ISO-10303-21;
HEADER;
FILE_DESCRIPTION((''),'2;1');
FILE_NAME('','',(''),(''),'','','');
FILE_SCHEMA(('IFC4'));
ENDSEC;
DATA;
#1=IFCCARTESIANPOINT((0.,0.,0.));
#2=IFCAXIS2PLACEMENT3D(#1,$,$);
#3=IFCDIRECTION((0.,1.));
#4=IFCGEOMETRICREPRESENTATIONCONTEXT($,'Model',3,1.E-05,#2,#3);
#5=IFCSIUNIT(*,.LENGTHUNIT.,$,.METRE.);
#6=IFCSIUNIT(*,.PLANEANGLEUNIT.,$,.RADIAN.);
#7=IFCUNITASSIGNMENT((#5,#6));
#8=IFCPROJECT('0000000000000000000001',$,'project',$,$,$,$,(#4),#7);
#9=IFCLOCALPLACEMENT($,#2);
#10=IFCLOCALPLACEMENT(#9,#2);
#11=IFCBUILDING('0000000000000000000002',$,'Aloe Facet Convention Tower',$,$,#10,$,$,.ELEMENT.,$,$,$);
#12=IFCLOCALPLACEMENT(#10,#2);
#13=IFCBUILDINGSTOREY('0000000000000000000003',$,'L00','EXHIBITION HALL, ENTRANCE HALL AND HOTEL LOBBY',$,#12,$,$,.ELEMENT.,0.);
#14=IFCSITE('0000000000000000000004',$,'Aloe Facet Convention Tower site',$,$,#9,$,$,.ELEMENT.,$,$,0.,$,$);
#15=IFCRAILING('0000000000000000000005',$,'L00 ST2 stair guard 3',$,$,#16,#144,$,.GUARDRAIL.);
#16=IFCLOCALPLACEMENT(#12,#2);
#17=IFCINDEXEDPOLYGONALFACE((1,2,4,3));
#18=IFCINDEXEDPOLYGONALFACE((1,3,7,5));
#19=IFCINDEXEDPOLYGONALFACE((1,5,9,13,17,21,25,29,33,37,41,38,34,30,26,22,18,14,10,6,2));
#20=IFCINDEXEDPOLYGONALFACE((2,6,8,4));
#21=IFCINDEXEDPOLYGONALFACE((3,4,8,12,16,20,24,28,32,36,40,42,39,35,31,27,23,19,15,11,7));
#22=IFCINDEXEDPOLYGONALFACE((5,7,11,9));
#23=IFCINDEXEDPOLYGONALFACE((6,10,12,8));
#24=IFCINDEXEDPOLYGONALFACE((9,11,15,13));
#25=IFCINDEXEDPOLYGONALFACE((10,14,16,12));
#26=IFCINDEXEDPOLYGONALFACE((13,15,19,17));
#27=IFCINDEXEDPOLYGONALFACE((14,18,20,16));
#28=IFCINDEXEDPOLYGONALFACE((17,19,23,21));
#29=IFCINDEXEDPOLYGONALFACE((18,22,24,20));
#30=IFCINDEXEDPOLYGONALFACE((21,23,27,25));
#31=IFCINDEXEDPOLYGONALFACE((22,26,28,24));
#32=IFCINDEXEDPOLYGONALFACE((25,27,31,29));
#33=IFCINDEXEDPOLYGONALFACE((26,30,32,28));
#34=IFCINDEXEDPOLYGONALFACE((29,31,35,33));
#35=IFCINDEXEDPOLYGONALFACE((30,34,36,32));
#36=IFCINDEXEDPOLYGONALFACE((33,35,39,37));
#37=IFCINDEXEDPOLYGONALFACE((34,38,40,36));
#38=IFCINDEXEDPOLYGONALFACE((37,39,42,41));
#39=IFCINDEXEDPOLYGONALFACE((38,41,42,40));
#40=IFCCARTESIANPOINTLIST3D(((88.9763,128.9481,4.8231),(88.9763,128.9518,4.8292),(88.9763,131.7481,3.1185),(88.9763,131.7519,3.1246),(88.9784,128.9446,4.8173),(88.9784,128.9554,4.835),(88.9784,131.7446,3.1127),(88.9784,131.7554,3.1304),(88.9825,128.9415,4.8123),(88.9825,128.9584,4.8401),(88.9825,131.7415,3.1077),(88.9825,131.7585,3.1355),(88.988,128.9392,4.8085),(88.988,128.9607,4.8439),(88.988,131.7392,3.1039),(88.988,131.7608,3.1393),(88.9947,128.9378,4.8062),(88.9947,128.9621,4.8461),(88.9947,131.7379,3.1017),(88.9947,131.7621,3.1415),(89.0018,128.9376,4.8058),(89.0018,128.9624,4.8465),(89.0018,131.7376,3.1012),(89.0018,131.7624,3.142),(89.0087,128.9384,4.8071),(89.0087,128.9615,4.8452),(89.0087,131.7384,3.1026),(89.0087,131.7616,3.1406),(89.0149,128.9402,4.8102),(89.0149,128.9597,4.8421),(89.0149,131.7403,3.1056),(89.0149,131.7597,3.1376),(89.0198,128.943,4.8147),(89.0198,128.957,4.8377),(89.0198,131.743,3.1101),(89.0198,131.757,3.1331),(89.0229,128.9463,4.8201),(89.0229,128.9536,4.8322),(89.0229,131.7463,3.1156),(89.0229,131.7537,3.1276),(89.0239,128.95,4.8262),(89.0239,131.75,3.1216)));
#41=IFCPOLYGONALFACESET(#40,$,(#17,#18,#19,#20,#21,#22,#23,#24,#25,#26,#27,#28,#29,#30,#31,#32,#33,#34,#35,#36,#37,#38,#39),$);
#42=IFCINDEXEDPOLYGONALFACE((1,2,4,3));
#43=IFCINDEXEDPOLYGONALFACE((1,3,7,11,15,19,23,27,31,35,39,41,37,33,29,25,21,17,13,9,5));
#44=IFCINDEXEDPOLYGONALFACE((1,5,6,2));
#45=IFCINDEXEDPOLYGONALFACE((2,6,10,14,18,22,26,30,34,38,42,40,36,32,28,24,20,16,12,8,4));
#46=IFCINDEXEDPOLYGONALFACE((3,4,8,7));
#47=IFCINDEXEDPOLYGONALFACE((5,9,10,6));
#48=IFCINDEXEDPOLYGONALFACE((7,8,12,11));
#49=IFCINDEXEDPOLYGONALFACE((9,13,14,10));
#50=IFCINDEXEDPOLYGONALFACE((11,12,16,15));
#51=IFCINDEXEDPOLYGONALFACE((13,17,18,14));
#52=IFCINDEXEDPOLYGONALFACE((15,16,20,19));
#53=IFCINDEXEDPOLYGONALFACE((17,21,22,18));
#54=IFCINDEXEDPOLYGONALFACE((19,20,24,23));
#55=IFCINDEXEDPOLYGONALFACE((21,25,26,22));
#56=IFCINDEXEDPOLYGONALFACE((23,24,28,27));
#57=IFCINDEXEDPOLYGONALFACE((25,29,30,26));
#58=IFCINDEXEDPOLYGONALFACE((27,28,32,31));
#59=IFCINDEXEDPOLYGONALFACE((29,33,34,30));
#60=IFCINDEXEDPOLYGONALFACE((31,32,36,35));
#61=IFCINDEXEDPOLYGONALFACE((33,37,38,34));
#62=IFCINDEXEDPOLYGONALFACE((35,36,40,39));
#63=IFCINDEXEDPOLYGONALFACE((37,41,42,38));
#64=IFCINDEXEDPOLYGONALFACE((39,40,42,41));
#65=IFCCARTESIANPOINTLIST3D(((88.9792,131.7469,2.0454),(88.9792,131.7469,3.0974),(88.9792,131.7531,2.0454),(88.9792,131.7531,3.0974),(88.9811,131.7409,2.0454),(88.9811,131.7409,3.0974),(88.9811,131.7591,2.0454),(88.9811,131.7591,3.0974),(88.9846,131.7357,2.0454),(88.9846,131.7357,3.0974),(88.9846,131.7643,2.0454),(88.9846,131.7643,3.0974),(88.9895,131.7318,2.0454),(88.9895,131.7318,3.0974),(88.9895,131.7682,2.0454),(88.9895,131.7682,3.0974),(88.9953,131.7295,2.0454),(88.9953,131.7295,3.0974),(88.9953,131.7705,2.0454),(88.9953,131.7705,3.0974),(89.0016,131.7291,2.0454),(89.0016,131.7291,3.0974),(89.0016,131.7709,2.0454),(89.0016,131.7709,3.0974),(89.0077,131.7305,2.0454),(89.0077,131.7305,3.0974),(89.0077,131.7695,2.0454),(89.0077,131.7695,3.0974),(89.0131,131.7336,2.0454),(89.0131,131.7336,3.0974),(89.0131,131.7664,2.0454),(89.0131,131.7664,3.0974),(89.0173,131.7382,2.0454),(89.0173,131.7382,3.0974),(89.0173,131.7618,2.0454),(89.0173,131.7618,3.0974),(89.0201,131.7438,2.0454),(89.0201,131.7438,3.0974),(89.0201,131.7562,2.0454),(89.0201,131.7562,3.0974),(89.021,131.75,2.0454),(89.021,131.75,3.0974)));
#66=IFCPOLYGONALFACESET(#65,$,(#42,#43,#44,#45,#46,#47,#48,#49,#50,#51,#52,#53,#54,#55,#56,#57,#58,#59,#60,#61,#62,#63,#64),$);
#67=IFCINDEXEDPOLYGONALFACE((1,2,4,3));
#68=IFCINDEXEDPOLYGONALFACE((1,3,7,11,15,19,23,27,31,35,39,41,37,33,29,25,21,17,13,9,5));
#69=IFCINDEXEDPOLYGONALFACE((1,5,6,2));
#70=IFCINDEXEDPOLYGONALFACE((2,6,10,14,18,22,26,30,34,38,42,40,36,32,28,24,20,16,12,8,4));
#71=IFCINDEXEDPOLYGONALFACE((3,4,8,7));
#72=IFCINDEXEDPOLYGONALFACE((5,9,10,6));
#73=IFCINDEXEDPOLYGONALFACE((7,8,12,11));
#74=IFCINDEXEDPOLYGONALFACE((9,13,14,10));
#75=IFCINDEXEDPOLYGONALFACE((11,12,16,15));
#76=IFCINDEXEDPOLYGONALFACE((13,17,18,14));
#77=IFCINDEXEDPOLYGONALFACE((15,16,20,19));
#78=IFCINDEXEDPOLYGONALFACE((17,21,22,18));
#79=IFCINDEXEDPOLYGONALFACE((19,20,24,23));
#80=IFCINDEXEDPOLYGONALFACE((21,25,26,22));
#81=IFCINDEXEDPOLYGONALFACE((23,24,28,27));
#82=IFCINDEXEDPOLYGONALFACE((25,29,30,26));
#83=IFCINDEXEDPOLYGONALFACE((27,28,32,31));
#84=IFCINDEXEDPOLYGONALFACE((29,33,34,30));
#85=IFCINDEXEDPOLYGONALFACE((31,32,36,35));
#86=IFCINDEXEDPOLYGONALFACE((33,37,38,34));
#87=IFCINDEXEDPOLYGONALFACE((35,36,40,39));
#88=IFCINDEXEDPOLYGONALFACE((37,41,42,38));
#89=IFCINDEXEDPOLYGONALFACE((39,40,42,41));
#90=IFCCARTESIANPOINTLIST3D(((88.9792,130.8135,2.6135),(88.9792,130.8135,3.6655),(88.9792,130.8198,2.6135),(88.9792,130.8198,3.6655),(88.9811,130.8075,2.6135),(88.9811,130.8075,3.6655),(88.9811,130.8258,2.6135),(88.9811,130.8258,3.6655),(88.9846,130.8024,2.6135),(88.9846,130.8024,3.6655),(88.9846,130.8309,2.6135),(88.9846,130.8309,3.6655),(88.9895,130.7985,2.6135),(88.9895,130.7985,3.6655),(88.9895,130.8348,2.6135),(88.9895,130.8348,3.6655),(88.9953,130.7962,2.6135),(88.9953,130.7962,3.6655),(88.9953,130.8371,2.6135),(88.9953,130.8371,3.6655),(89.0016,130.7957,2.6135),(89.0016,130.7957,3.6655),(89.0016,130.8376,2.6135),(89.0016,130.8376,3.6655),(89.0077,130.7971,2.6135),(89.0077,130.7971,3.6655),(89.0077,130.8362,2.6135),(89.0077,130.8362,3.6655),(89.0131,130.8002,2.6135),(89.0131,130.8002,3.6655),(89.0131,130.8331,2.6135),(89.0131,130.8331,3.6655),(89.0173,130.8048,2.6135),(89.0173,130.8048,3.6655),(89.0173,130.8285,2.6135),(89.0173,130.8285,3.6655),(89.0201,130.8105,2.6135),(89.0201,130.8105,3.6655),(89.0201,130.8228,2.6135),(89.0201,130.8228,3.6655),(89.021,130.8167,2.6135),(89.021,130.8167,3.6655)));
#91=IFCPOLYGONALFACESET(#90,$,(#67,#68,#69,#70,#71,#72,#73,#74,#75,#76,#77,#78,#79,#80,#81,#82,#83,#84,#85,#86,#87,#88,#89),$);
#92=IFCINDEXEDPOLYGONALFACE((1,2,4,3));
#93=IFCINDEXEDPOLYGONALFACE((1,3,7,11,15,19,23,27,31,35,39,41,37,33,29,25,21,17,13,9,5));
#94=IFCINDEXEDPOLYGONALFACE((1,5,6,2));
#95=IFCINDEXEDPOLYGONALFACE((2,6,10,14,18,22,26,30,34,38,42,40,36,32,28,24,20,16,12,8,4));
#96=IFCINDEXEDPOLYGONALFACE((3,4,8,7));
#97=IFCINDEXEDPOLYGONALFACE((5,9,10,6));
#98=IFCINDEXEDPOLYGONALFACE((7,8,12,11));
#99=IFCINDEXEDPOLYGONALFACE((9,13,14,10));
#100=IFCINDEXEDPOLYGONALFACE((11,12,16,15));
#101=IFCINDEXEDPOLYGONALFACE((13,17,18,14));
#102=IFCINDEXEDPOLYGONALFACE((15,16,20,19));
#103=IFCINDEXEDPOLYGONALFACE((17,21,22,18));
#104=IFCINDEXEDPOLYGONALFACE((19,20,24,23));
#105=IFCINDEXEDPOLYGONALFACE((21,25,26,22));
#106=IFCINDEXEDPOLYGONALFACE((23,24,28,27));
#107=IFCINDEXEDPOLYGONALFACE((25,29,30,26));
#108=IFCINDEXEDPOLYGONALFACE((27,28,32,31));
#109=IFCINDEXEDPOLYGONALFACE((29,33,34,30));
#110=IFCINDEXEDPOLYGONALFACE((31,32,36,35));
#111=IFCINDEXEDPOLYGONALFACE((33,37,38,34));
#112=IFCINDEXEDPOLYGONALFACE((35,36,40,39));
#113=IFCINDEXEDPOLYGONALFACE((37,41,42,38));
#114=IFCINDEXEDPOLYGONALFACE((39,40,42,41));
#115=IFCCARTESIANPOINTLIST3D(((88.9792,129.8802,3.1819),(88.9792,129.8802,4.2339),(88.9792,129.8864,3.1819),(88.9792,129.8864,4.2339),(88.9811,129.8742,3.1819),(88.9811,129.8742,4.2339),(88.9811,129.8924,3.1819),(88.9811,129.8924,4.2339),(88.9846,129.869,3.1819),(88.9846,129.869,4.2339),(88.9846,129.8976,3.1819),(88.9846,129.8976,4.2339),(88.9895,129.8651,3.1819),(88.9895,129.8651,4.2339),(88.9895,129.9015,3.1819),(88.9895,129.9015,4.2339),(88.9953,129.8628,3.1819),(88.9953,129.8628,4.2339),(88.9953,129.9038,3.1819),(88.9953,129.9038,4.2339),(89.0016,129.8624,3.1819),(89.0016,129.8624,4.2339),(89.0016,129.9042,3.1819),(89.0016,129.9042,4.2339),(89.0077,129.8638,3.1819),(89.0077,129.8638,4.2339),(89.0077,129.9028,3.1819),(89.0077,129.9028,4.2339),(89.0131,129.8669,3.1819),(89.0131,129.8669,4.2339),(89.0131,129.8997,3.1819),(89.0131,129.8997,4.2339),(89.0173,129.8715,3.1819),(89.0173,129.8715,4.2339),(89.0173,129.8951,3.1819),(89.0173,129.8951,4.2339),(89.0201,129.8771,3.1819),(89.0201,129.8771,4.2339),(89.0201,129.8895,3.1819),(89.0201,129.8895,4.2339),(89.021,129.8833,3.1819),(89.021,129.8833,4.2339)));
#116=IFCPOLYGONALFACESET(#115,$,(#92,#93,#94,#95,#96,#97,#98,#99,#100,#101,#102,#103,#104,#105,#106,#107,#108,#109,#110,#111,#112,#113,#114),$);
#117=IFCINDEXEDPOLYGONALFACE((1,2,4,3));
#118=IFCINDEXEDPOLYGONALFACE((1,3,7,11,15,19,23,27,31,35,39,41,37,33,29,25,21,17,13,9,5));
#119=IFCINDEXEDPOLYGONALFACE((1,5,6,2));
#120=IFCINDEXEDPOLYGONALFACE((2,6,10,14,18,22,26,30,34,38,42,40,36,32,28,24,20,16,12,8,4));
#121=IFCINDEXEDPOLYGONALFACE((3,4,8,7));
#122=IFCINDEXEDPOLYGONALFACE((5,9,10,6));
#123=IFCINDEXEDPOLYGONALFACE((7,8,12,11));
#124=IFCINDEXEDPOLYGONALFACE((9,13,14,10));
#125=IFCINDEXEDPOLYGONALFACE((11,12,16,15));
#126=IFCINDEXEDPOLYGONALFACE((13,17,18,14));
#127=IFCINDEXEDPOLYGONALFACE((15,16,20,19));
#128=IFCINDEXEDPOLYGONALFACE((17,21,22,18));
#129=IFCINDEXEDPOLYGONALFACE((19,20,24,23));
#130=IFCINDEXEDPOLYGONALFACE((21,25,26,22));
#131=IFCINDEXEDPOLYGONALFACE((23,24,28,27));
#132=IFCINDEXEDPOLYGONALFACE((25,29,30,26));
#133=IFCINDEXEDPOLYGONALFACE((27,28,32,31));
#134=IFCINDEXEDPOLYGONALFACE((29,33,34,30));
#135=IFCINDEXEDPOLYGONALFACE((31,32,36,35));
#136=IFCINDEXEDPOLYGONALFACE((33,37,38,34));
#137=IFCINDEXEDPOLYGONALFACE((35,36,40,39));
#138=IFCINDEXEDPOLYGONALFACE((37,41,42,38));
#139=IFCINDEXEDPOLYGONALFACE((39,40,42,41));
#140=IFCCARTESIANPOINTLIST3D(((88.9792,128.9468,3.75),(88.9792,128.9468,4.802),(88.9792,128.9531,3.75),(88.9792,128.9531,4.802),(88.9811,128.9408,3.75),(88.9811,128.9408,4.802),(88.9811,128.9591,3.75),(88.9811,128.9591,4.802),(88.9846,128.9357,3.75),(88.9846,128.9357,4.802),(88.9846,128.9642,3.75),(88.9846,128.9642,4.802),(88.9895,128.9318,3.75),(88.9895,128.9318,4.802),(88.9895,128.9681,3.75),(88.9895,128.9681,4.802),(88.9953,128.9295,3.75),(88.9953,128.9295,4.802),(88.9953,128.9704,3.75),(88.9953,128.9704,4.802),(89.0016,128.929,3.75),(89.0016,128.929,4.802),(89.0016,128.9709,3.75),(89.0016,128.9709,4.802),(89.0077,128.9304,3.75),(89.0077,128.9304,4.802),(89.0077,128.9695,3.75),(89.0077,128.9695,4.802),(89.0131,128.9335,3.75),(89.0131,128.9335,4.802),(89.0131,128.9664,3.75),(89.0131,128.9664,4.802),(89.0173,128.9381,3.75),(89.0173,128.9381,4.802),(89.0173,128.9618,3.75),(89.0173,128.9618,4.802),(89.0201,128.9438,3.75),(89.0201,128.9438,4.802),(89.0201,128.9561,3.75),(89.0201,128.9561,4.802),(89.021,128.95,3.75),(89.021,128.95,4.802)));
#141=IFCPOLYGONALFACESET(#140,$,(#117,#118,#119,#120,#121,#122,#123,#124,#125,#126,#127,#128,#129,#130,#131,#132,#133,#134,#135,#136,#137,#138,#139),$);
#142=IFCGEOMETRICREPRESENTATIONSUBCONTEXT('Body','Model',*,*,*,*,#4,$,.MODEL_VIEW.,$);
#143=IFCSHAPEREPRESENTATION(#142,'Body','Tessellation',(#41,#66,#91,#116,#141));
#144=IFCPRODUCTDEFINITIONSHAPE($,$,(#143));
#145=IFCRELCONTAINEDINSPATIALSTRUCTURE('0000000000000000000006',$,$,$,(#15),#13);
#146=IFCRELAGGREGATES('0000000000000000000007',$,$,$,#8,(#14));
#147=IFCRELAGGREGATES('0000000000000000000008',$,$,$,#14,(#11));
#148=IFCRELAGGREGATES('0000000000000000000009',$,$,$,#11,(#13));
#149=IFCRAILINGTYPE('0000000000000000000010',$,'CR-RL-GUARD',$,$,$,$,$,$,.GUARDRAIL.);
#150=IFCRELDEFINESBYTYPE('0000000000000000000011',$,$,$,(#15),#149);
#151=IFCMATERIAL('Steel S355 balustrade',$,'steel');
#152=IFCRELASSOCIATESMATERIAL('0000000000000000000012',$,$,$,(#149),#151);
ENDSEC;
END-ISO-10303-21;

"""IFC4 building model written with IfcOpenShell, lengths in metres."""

from ifc_helpers import new_model, si_unit, direction, frame, origin, origin_2d, place, context, subcontext, project, spatial, circle, extrude, material, type_object, element, save


model = new_model("IFC4")

# Units and contexts
model_context = context("Model", 3, precision=1e-05, world=origin(), true_north=direction((0.0, 1.0)))
body_context = subcontext(model_context, "Body", "Model", "MODEL_VIEW")
ifc_project = project(units=[si_unit("LENGTHUNIT", "METRE"), si_unit("PLANEANGLEUNIT", "RADIAN")], contexts=[model_context])

# Site, building, storey
site_placement = place(None, origin())
site = spatial("IfcSite", under=ifc_project, at=site_placement, Name="Aloe Facet Convention Tower site", CompositionType="ELEMENT", RefElevation=0.0)
building_placement = place(site_placement, origin())
building = spatial("IfcBuilding", under=site, at=building_placement, Name="Aloe Facet Convention Tower", CompositionType="ELEMENT")
storey_placement = place(building_placement, origin())
storey = spatial("IfcBuildingStorey", under=building, at=storey_placement, Name="L00", Description="EXHIBITION HALL, ENTRANCE HALL AND HOTEL LOBBY", CompositionType="ELEMENT", Elevation=0.0)

# Railing
ifc_material_1 = material(Name="Steel S355 balustrade", Category="steel")
railing_type_1 = type_object("IfcRailingType", Name="CR-RL-GUARD", PredefinedType="GUARDRAIL", material=ifc_material_1)
railing_1_placement = place(storey_placement, frame((89.0, 131.75, 2.0454)))
element("IfcRailing", 1, at=railing_1_placement, inside=storey, type_object=railing_type_1, Name="L00 ST2 stair guard 3", PredefinedType="GUARDRAIL", context=body_context, shape_type="SweptSolid", body=[
    extrude(circle(Radius=0.0239, at=origin_2d()), frame((0.0, 0.0, 1.0762), z_axis=(0.0, -0.85417, 0.519994), x_axis=(1.0, 0.0, 0.0)), (0.0, 0.0, 1.0), 3.2781),
    extrude(circle(Radius=0.021, at=origin_2d()), origin(), (0.0, 0.0, 1.0), 1.052),
    extrude(circle(Radius=0.021, at=origin_2d()), frame((0.0, -0.9333, 0.5681)), (0.0, 0.0, 1.0), 1.052),
    extrude(circle(Radius=0.021, at=origin_2d()), frame((0.0, -1.8667, 1.1365)), (0.0, 0.0, 1.0), 1.052),
    extrude(circle(Radius=0.021, at=origin_2d()), frame((0.0, -2.8, 1.7046)), (0.0, 0.0, 1.0), 1.052),
])

save(model, "model.ifc")
